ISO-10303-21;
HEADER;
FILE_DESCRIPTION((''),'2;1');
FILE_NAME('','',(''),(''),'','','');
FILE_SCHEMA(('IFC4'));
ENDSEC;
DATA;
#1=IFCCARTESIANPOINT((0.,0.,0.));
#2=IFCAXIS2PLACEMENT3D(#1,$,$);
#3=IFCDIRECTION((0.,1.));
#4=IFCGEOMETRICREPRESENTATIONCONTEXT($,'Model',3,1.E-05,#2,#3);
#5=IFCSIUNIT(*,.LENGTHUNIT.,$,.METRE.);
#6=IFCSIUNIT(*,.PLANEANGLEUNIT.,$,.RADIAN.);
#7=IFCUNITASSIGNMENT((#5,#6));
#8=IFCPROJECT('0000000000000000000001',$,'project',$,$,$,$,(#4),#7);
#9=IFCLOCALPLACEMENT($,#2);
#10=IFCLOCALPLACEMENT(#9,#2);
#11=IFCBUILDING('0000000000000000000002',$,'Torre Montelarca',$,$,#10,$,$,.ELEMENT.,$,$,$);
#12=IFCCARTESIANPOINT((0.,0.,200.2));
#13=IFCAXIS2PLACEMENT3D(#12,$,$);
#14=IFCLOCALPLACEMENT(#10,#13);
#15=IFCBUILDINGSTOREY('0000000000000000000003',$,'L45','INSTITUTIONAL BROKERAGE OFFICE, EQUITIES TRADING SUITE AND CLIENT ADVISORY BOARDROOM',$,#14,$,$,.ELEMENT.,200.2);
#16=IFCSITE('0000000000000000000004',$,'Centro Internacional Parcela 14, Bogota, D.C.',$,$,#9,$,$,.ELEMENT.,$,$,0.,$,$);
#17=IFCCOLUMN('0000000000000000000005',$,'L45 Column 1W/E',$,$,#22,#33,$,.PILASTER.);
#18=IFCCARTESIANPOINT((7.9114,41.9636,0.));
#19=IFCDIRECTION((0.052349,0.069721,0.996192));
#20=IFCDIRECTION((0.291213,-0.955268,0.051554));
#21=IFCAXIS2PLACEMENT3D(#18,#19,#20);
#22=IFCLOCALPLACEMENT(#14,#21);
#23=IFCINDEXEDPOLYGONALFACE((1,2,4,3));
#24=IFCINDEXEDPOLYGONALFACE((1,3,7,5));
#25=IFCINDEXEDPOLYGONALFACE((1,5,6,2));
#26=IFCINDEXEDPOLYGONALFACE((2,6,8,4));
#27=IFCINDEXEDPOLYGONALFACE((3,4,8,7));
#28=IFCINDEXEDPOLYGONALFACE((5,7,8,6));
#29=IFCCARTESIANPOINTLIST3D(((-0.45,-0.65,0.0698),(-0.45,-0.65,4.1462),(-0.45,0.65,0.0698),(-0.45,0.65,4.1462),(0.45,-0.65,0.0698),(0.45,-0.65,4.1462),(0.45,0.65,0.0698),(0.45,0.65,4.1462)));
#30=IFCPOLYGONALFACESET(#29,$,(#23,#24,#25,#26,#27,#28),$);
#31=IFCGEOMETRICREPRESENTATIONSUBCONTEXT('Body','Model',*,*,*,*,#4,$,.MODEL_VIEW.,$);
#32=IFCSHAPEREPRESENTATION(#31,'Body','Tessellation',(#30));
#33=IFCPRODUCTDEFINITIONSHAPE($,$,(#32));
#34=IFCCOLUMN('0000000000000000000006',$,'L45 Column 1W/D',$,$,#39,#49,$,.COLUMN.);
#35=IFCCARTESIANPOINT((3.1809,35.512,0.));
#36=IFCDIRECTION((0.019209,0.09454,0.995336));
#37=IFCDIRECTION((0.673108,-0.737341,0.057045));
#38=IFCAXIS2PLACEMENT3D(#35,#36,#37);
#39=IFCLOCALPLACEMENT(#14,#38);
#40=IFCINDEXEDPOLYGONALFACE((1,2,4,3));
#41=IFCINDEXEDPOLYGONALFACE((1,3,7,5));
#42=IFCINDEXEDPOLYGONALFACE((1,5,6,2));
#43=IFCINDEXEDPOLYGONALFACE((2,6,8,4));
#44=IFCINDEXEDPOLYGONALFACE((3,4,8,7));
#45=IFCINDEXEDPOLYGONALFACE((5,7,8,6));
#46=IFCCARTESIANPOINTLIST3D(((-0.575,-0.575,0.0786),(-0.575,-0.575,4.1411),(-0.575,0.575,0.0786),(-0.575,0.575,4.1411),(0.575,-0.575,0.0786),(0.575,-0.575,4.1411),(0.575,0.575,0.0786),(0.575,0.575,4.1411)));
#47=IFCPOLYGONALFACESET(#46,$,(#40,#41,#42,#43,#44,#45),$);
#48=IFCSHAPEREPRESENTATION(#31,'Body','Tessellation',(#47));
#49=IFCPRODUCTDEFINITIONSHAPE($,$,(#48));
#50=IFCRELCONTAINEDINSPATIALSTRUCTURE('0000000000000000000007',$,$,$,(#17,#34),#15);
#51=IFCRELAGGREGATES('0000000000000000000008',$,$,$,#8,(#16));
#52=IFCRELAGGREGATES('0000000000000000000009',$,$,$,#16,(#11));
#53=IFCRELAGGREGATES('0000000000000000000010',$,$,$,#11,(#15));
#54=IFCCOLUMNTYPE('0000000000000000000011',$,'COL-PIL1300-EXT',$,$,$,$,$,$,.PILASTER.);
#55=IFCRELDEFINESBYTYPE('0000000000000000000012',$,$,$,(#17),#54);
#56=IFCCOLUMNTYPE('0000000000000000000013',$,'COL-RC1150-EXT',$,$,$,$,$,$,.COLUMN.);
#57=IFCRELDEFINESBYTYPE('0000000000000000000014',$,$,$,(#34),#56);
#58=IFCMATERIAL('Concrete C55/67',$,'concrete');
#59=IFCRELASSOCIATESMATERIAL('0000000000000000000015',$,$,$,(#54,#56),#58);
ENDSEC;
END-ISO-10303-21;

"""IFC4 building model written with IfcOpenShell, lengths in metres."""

from ifc_helpers import new_model, si_unit, direction, frame, origin, origin_2d, place, context, subcontext, project, spatial, rectangle, extrude, clip, halfspace, material, material_profile, profile_set, type_object, element, save


model = new_model("IFC4")

# Units and contexts
model_context = context("Model", 3, precision=1e-05, world=origin(), true_north=direction((0.0, 1.0)))
body_context = subcontext(model_context, "Body", "Model", "MODEL_VIEW")
ifc_project = project(units=[si_unit("LENGTHUNIT", "METRE"), si_unit("PLANEANGLEUNIT", "RADIAN")], contexts=[model_context])

# Site, building, storey
site_placement = place(None, origin())
site = spatial("IfcSite", under=ifc_project, at=site_placement, Name="Centro Internacional Parcela 14, Bogota, D.C.", CompositionType="ELEMENT", RefElevation=0.0)
building_placement = place(site_placement, origin())
building = spatial("IfcBuilding", under=site, at=building_placement, Name="Torre Montelarca", CompositionType="ELEMENT")
storey_placement = place(building_placement, frame((0.0, 0.0, 200.2)))
storey = spatial("IfcBuildingStorey", under=building, at=storey_placement, Name="L45", Description="INSTITUTIONAL BROKERAGE OFFICE, EQUITIES TRADING SUITE AND CLIENT ADVISORY BOARDROOM", CompositionType="ELEMENT", Elevation=200.2)

# Columns
ifc_material_1 = material(Name="Concrete C55/67", Category="concrete")
ifc_material_profile_1 = material_profile(ifc_material_1, rectangle(XDim=0.8999, YDim=1.3, at=origin_2d()), Name="RC1300X900", Category="concrete")
ifc_profile_set_1 = profile_set([ifc_material_profile_1], Name="Concrete C55/67")
column_type_1 = type_object("IfcColumnType", Name="COL-PIL1300-EXT", PredefinedType="PILASTER", material=ifc_profile_set_1)
column_1_placement = place(storey_placement, frame((7.9114, 41.9636, 0.0), z_axis=(0.052349, 0.069721, 0.996192), x_axis=(0.291213, -0.955268, 0.051554)))
element("IfcColumn", 1, at=column_1_placement, inside=storey, type_object=column_type_1, Name="L45 Column 1W/E", PredefinedType="PILASTER", context=body_context, shape_type="Clipping", body=[
    clip(clip(extrude(rectangle(XDim=0.8999, YDim=1.3, at=origin_2d()), origin(), (0.0, 0.0, 1.0), 4.2161), halfspace(frame((0.0, 0.0, 0.0698), z_axis=(0.0, 0.0, -1.0), x_axis=(1.0, 0.0, 0.0)), False)), halfspace(frame((0.0, 0.0, 4.1462), z_axis=(0.0, 0.0, 1.0), x_axis=(1.0, 0.0, 0.0)), False)),
])
ifc_material_profile_2 = material_profile(ifc_material_1, rectangle(XDim=1.1499, YDim=1.1499, at=origin_2d()), Name="RC1150X1150", Category="concrete")
ifc_profile_set_2 = profile_set([ifc_material_profile_2], Name="Concrete C55/67")
column_type_2 = type_object("IfcColumnType", Name="COL-RC1150-EXT", PredefinedType="COLUMN", material=ifc_profile_set_2)
column_2_placement = place(storey_placement, frame((3.1809, 35.512, 0.0), z_axis=(0.019209, 0.09454, 0.995336), x_axis=(0.673108, -0.737341, 0.057045)))
element("IfcColumn", 2, at=column_2_placement, inside=storey, type_object=column_type_2, Name="L45 Column 1W/D", PredefinedType="COLUMN", context=body_context, shape_type="Clipping", body=[
    clip(clip(extrude(rectangle(XDim=1.1499, YDim=1.1499, at=origin_2d()), origin(), (0.0, 0.0, 1.0), 4.2197), halfspace(frame((0.0, 0.0, 0.0786), z_axis=(0.0, 0.0, -1.0), x_axis=(1.0, 0.0, 0.0)), False)), halfspace(frame((0.0, 0.0, 4.1411), z_axis=(0.0, 0.0, 1.0), x_axis=(1.0, 0.0, 0.0)), False)),
])

save(model, "model.ifc")
